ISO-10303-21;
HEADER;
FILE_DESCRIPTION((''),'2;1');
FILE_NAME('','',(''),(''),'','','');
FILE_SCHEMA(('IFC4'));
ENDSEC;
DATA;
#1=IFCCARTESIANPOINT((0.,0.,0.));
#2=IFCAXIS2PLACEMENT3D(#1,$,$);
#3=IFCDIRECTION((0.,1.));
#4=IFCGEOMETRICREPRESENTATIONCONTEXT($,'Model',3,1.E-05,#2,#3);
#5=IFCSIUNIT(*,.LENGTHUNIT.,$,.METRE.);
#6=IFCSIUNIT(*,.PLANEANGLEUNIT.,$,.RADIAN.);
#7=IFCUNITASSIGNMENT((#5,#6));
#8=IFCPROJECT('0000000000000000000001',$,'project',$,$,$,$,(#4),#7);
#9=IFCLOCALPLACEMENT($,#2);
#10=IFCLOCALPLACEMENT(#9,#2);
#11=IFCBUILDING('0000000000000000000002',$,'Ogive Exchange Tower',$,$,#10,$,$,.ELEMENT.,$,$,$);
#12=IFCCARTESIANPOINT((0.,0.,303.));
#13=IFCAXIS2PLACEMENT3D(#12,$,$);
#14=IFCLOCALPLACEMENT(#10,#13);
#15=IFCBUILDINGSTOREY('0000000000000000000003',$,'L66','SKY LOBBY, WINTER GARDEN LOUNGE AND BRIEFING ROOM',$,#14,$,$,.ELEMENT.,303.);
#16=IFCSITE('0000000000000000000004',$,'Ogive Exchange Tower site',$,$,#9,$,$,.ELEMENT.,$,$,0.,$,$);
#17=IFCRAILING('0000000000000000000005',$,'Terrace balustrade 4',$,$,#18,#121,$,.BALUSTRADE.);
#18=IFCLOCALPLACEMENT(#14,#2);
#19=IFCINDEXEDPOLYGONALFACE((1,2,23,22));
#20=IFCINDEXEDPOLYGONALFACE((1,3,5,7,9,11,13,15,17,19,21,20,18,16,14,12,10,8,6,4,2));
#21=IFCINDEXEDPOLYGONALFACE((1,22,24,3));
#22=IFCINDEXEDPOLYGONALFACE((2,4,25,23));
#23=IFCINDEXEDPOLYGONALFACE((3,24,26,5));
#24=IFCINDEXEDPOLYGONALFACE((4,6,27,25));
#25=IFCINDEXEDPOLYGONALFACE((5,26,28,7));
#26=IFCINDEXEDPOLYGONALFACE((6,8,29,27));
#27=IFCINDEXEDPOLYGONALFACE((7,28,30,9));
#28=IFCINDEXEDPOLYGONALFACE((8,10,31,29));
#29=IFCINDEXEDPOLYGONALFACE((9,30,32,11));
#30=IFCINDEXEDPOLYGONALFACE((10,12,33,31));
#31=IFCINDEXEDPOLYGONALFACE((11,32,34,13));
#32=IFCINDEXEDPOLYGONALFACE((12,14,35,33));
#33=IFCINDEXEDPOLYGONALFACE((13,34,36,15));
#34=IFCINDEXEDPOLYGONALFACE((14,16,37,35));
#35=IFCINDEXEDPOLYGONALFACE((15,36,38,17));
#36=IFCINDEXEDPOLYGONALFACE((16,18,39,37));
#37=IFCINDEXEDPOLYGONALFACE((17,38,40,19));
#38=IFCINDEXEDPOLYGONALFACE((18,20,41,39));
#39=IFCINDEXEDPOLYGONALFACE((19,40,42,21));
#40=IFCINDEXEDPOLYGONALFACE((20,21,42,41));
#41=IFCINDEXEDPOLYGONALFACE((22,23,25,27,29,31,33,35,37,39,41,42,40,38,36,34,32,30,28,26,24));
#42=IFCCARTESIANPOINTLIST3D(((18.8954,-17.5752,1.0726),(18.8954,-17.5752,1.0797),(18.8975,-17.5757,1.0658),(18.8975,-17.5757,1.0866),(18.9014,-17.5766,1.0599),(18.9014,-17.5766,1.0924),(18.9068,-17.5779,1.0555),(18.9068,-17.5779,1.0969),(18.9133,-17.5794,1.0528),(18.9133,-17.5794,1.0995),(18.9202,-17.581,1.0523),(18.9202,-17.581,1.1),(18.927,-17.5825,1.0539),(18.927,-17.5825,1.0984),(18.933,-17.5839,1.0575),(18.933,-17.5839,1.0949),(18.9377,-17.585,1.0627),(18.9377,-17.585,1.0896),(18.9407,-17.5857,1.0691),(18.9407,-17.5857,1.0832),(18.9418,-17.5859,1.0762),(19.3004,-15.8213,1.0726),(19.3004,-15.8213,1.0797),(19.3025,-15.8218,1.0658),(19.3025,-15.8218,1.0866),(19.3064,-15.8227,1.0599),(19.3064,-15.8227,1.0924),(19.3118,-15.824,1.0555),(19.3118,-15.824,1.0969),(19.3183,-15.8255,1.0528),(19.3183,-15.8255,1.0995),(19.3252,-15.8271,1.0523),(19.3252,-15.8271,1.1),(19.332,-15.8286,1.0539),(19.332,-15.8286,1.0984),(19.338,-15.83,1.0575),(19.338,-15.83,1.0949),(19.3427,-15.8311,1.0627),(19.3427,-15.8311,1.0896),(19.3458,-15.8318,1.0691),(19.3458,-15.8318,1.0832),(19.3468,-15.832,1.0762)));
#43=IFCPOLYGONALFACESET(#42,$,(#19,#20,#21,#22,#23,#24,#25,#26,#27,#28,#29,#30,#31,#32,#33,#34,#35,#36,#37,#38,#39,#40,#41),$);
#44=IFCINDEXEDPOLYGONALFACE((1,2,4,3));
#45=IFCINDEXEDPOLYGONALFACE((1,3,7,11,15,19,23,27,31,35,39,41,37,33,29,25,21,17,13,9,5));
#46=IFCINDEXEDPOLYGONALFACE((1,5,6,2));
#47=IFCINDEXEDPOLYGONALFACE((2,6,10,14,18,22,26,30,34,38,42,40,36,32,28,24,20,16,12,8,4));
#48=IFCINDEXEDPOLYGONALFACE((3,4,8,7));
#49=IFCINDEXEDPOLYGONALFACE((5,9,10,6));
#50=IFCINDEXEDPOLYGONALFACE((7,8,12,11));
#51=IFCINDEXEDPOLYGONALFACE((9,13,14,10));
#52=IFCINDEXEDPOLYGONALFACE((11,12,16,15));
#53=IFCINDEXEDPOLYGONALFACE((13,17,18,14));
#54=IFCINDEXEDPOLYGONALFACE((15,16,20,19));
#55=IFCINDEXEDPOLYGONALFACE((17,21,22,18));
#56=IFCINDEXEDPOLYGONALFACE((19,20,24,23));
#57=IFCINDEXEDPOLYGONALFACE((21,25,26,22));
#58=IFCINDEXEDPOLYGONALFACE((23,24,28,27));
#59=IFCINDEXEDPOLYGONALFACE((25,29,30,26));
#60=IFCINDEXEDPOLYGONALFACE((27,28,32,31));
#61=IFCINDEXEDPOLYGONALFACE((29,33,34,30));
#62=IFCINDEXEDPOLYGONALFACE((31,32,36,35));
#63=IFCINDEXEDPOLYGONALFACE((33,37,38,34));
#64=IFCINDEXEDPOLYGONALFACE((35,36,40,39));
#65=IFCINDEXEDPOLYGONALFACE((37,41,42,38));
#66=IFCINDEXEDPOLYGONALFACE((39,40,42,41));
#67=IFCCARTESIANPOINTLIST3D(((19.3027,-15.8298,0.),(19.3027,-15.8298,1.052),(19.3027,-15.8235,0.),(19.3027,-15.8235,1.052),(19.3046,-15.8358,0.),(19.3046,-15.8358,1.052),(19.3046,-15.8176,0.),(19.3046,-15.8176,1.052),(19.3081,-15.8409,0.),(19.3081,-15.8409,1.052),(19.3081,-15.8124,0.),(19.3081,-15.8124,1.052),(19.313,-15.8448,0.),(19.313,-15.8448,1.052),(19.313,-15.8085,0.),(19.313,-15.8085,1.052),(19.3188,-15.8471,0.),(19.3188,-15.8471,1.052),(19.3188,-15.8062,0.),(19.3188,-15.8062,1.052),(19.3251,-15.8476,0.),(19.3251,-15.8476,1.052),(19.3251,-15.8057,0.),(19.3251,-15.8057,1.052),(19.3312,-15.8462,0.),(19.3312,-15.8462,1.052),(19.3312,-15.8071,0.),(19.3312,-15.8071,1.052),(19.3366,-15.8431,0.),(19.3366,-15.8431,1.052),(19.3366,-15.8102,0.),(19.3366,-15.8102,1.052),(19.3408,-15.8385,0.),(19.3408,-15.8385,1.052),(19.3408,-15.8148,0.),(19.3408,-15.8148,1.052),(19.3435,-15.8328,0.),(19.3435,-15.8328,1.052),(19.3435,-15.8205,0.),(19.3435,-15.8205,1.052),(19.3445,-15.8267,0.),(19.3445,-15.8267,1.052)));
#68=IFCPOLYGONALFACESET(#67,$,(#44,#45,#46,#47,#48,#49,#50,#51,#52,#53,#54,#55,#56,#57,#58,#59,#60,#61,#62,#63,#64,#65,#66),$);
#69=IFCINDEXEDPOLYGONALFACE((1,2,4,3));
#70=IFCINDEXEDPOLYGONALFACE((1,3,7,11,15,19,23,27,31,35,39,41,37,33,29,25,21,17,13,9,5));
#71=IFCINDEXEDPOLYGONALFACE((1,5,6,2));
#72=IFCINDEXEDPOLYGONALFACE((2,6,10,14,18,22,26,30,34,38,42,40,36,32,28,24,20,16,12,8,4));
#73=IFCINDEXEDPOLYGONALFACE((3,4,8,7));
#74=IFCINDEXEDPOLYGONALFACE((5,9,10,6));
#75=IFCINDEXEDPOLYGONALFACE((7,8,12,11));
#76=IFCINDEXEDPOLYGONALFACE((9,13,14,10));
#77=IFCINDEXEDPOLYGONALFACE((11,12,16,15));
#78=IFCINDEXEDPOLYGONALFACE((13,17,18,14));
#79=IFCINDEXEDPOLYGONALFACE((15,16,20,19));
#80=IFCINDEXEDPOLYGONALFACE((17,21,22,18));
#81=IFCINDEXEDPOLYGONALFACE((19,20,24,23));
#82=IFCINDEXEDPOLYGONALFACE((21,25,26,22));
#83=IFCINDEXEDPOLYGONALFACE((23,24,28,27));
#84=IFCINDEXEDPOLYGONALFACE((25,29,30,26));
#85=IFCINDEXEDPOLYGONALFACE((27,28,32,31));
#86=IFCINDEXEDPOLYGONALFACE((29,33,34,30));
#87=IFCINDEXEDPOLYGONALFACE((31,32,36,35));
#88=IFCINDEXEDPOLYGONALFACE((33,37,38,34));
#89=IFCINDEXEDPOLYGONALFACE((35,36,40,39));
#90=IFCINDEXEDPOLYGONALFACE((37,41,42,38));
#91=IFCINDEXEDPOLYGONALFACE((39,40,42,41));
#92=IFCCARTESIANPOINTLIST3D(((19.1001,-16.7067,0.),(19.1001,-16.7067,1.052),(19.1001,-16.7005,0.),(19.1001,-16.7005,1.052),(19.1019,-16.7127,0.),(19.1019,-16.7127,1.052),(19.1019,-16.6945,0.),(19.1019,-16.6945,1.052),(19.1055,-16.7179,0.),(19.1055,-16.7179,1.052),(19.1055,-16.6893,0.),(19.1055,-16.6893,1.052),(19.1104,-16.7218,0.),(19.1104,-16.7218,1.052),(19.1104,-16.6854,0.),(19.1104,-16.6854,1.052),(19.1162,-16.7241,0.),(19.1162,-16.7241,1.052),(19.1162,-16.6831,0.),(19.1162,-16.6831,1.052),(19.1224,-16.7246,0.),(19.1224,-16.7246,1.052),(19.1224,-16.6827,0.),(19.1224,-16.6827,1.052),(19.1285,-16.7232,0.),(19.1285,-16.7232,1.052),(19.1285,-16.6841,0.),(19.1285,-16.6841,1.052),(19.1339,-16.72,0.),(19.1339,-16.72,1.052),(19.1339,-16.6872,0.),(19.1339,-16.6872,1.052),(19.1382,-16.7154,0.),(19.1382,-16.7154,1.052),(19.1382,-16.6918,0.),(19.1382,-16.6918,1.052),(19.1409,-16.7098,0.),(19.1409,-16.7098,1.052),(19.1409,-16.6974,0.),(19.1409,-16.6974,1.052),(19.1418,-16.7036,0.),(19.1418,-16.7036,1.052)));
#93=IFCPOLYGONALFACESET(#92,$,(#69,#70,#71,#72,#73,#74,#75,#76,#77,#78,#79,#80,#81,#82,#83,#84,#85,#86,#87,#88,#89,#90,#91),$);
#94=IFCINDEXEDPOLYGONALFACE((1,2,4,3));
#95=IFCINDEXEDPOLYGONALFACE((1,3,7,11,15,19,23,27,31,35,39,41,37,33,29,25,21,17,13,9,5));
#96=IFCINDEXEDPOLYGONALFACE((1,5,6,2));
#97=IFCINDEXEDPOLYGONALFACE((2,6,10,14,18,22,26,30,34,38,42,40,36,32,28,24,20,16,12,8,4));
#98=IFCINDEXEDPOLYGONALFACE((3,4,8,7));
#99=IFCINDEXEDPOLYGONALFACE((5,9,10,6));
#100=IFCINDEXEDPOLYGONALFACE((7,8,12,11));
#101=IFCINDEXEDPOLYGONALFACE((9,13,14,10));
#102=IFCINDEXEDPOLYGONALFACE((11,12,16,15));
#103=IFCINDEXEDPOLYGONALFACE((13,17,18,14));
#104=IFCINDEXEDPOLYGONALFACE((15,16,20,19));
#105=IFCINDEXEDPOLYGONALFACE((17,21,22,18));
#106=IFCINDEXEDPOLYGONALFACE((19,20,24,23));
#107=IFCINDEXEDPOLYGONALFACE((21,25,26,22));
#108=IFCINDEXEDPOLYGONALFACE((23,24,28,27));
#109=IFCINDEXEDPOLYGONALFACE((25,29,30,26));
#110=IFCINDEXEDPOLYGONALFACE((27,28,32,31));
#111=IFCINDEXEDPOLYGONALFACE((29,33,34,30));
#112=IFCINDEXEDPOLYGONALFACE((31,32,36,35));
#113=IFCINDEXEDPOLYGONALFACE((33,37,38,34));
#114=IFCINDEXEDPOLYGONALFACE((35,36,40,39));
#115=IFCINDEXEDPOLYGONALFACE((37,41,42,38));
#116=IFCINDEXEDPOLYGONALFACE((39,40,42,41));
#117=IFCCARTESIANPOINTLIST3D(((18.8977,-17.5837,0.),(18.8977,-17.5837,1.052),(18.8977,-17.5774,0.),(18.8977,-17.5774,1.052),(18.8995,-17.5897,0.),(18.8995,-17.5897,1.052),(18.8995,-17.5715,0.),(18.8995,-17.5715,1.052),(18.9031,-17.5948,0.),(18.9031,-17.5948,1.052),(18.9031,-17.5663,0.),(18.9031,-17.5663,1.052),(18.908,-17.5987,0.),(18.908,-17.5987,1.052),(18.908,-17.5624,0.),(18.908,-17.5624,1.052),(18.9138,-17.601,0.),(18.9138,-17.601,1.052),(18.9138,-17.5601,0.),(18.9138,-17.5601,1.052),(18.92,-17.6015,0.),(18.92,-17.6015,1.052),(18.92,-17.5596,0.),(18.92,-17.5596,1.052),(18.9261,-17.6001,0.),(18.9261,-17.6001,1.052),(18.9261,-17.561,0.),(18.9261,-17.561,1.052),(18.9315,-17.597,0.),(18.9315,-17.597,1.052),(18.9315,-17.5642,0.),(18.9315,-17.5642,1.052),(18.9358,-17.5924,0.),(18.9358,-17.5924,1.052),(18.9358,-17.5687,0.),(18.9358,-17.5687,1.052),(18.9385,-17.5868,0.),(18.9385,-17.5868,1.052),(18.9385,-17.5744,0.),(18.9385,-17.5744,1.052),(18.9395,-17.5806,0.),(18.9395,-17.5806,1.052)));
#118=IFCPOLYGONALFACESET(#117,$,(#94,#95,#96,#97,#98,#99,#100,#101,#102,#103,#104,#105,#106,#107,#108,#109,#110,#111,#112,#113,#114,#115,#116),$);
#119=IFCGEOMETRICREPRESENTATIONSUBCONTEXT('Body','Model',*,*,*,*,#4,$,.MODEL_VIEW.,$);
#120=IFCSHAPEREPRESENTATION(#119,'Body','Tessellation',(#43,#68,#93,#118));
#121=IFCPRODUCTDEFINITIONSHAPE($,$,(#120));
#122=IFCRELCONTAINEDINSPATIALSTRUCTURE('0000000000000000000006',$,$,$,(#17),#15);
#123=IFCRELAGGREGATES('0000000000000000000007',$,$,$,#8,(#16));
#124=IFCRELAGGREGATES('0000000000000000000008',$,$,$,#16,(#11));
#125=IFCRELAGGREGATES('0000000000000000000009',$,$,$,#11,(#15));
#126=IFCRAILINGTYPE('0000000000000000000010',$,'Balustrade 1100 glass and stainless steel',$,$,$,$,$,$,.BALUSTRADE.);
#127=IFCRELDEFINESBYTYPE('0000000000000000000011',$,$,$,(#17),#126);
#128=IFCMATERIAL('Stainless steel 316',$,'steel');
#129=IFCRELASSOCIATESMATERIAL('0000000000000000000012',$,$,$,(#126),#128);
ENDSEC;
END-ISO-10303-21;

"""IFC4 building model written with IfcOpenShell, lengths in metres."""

from ifc_helpers import new_model, si_unit, direction, frame, origin, origin_2d, place, context, subcontext, project, spatial, circle, extrude, material, type_object, element, save


model = new_model("IFC4")

# Units and contexts
model_context = context("Model", 3, precision=1e-05, world=origin(), true_north=direction((0.0, 1.0)))
body_context = subcontext(model_context, "Body", "Model", "MODEL_VIEW")
ifc_project = project(units=[si_unit("LENGTHUNIT", "METRE"), si_unit("PLANEANGLEUNIT", "RADIAN")], contexts=[model_context])

# Site, building, storey
site_placement = place(None, origin())
site = spatial("IfcSite", under=ifc_project, at=site_placement, Name="Ogive Exchange Tower site", CompositionType="ELEMENT", RefElevation=0.0)
building_placement = place(site_placement, origin())
building = spatial("IfcBuilding", under=site, at=building_placement, Name="Ogive Exchange Tower", CompositionType="ELEMENT")
storey_placement = place(building_placement, frame((0.0, 0.0, 303.0)))
storey = spatial("IfcBuildingStorey", under=building, at=storey_placement, Name="L66", Description="SKY LOBBY, WINTER GARDEN LOUNGE AND BRIEFING ROOM", CompositionType="ELEMENT", Elevation=303.0)

# Railing
ifc_material_1 = material(Name="Stainless steel 316", Category="steel")
railing_type_1 = type_object("IfcRailingType", Name="Balustrade 1100 glass and stainless steel", PredefinedType="BALUSTRADE", material=ifc_material_1)
railing_1_placement = place(storey_placement, frame((19.3235, -15.8267, 0.0)))
element("IfcRailing", 1, at=railing_1_placement, inside=storey, type_object=railing_type_1, Name="Terrace balustrade 4", PredefinedType="BALUSTRADE", context=body_context, shape_type="SweptSolid", body=[
    extrude(circle(Radius=0.0239, at=origin_2d()), frame((0.0, 0.0, 1.0762), z_axis=(-0.225008, -0.974357, 0.0), x_axis=(0.974357, -0.225008, 0.0)), (0.0, 0.0, 1.0), 1.8),
    extrude(circle(Radius=0.021, at=origin_2d()), origin(), (0.0, 0.0, 1.0), 1.052),
    extrude(circle(Radius=0.021, at=origin_2d()), frame((-0.2026, -0.877, 0.0)), (0.0, 0.0, 1.0), 1.052),
    extrude(circle(Radius=0.021, at=origin_2d()), frame((-0.405, -1.7539, 0.0)), (0.0, 0.0, 1.0), 1.052),
])

save(model, "model.ifc")
